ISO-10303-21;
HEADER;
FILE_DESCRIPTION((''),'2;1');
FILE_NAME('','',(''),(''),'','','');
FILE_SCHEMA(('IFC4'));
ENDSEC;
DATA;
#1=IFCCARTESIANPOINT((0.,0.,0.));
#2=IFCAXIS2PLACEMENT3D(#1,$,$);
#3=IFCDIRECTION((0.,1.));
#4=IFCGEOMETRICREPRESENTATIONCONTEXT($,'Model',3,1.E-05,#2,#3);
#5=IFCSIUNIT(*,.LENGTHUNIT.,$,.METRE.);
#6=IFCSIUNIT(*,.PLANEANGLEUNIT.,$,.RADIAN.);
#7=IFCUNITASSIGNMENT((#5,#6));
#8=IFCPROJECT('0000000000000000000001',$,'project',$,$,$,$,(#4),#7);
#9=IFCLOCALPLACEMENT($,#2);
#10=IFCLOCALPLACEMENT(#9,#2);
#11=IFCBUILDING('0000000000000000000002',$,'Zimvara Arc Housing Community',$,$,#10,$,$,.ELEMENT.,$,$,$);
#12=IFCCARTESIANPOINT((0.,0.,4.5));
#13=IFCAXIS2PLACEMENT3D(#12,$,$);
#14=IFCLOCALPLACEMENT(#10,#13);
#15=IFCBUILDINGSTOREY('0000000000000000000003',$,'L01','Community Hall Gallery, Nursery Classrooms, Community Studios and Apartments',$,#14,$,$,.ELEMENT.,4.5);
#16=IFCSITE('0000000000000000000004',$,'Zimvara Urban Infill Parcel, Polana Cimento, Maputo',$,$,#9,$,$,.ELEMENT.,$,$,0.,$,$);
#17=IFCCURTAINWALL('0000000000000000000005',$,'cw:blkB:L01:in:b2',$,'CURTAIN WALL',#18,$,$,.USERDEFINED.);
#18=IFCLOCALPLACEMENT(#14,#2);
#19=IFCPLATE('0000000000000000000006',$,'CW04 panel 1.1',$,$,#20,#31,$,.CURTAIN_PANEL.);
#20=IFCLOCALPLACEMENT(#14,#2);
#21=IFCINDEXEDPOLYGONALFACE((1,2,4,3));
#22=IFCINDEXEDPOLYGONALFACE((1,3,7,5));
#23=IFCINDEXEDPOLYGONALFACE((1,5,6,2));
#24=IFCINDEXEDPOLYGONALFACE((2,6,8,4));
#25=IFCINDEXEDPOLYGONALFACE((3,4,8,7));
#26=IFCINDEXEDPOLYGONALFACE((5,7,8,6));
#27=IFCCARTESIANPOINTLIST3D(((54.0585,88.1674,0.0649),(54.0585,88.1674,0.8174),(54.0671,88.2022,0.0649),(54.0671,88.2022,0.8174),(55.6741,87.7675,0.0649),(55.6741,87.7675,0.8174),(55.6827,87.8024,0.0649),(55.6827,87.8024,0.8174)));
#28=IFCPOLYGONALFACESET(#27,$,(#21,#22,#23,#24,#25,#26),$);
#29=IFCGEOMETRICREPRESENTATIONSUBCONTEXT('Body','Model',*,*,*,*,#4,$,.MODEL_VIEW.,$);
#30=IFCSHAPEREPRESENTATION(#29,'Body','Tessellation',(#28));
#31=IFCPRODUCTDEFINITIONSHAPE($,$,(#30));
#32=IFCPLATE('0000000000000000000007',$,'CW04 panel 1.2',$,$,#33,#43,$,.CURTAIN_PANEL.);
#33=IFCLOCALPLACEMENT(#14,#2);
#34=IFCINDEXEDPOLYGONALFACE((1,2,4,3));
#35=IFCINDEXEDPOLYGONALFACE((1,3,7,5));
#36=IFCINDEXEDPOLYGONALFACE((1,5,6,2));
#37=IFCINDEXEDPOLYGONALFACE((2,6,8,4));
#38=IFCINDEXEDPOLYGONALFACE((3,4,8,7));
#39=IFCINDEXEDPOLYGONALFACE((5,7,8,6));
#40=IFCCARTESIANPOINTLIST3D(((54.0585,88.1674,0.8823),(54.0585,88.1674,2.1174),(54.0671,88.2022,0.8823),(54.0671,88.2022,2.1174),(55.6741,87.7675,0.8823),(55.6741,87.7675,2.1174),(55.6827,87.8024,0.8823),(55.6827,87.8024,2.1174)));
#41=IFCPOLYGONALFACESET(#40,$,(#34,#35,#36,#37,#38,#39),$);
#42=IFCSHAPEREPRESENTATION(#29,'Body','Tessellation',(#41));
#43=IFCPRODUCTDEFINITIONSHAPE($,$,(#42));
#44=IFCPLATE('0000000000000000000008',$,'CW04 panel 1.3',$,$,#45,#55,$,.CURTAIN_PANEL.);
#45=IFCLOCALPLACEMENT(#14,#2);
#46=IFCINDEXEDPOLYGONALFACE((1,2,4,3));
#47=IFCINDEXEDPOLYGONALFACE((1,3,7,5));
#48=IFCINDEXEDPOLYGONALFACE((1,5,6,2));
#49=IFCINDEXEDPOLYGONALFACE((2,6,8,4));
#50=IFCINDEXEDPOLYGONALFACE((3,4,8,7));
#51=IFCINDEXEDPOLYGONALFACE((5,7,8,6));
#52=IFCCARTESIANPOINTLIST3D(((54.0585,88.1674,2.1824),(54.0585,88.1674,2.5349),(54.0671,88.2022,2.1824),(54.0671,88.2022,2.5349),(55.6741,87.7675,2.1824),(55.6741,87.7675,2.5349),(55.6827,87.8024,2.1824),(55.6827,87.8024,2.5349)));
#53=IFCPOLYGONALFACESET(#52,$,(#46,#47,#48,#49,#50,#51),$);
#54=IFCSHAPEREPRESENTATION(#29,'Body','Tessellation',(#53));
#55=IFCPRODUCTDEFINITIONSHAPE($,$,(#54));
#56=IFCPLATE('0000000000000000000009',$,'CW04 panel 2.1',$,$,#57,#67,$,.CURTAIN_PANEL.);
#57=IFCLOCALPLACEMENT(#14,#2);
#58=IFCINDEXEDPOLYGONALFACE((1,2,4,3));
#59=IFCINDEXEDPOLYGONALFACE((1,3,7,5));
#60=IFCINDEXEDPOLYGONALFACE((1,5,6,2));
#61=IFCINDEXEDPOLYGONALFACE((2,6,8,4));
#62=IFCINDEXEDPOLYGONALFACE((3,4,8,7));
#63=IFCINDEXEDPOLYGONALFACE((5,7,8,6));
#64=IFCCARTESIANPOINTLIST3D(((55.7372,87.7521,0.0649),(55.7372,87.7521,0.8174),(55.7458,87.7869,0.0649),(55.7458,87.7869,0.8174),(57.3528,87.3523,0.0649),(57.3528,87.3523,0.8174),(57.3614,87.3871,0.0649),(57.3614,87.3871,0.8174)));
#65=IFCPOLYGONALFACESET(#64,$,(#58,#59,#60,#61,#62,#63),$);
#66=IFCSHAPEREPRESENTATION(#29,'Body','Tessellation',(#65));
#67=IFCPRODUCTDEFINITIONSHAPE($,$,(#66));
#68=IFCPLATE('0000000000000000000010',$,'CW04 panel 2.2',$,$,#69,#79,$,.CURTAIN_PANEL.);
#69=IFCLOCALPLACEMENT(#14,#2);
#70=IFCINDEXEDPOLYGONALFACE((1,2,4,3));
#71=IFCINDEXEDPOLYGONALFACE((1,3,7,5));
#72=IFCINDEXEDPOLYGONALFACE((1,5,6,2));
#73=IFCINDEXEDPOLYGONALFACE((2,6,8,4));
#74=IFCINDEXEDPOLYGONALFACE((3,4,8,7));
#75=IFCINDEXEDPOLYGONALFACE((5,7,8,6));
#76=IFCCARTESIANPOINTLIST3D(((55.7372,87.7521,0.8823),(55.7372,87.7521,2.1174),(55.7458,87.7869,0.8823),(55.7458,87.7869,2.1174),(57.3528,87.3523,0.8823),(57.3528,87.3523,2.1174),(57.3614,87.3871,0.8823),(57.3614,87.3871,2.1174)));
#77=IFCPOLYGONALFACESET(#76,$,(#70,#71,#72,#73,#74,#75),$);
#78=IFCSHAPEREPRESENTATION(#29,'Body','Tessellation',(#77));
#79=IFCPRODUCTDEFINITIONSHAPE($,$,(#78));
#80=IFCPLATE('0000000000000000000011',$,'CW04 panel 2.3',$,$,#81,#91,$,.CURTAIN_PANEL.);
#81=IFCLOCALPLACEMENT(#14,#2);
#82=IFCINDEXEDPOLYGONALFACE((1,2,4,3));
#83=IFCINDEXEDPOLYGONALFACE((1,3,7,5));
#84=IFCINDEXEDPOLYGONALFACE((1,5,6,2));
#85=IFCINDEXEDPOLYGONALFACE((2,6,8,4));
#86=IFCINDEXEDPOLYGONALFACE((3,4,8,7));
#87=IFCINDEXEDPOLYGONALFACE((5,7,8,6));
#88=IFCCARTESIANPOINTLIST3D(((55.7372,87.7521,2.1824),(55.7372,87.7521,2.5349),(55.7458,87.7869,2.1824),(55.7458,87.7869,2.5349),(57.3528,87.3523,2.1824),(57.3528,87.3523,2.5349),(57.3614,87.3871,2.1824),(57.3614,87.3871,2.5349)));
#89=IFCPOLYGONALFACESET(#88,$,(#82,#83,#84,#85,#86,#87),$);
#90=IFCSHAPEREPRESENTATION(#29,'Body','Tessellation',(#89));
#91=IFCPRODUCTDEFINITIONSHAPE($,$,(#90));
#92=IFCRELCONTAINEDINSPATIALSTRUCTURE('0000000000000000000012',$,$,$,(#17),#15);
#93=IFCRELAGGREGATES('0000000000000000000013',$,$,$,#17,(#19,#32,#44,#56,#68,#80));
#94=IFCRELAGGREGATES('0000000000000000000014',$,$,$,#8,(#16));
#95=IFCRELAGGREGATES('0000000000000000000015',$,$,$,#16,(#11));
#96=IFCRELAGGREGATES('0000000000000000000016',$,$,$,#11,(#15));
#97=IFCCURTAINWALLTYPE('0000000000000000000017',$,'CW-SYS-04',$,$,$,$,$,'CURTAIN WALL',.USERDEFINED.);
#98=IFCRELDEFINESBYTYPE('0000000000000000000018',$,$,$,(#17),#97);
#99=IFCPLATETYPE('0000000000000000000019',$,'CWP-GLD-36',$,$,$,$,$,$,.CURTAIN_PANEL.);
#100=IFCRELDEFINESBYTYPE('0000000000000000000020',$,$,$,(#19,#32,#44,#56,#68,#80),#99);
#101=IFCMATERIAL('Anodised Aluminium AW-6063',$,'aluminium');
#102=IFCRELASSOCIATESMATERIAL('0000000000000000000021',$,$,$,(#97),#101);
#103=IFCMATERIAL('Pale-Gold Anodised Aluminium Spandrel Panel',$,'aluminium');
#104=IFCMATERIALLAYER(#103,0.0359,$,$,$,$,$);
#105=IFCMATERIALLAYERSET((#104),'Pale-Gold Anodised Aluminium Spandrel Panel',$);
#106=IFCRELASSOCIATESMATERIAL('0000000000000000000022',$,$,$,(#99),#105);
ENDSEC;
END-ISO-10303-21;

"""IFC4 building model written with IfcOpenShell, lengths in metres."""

from ifc_helpers import new_model, si_unit, direction, frame, origin, origin_2d, place, context, subcontext, project, spatial, rectangle, extrude, material, layer, layer_set, type_object, element, aggregate, save


model = new_model("IFC4")

# Units and contexts
model_context = context("Model", 3, precision=1e-05, world=origin(), true_north=direction((0.0, 1.0)))
body_context = subcontext(model_context, "Body", "Model", "MODEL_VIEW")
ifc_project = project(units=[si_unit("LENGTHUNIT", "METRE"), si_unit("PLANEANGLEUNIT", "RADIAN")], contexts=[model_context])

# Site, building, storey
site_placement = place(None, origin())
site = spatial("IfcSite", under=ifc_project, at=site_placement, Name="Zimvara Urban Infill Parcel, Polana Cimento, Maputo", CompositionType="ELEMENT", RefElevation=0.0)
building_placement = place(site_placement, origin())
building = spatial("IfcBuilding", under=site, at=building_placement, Name="Zimvara Arc Housing Community", CompositionType="ELEMENT")
storey_placement = place(building_placement, frame((0.0, 0.0, 4.5)))
storey = spatial("IfcBuildingStorey", under=building, at=storey_placement, Name="L01", Description="Community Hall Gallery, Nursery Classrooms, Community Studios and Apartments", CompositionType="ELEMENT", Elevation=4.5)

# Curtain wall
ifc_material_1 = material(Name="Anodised Aluminium AW-6063", Category="aluminium")
curtain_wall_type_1 = type_object("IfcCurtainWallType", Name="CW-SYS-04", ElementType="CURTAIN WALL", PredefinedType="USERDEFINED", material=ifc_material_1)
curtain_wall_1_placement = place(storey_placement, origin())
curtain_wall_1 = element("IfcCurtainWall", 1, at=curtain_wall_1_placement, inside=storey, type_object=curtain_wall_type_1, Name="cw:blkB:L01:in:b2", ObjectType="CURTAIN WALL", PredefinedType="USERDEFINED")

# Plates
ifc_material_2 = material(Name="Pale-Gold Anodised Aluminium Spandrel Panel", Category="aluminium")
ifc_layer_1 = layer(ifc_material_2, 0.0359)
ifc_layer_set_1 = layer_set([ifc_layer_1], Name="Pale-Gold Anodised Aluminium Spandrel Panel")
plate_type = type_object("IfcPlateType", Name="CWP-GLD-36", PredefinedType="CURTAIN_PANEL", material=ifc_layer_set_1)
plate_1_placement = place(storey_placement, frame((54.8706, 87.9849, 0.0649), z_axis=(0.0, 0.0, 1.0), x_axis=(0.970717, -0.240228, 0.0)))
plate_1 = element("IfcPlate", 2, at=plate_1_placement, type_object=plate_type, Name="CW04 panel 1.1", PredefinedType="CURTAIN_PANEL", context=body_context, shape_type="SweptSolid", body=[
    extrude(rectangle(XDim=1.6643, YDim=0.0359, at=origin_2d()), origin(), (0.0, 0.0, 1.0), 0.7524),
])
plate_2_placement = place(storey_placement, frame((54.8706, 87.9849, 0.8823), z_axis=(0.0, 0.0, 1.0), x_axis=(0.970717, -0.240228, 0.0)))
plate_2 = element("IfcPlate", 3, at=plate_2_placement, type_object=plate_type, Name="CW04 panel 1.2", PredefinedType="CURTAIN_PANEL", context=body_context, shape_type="SweptSolid", body=[
    extrude(rectangle(XDim=1.6643, YDim=0.0359, at=origin_2d()), origin(), (0.0, 0.0, 1.0), 1.2351),
])
plate_3_placement = place(storey_placement, frame((54.8706, 87.9849, 2.1824), z_axis=(0.0, 0.0, 1.0), x_axis=(0.970717, -0.240228, 0.0)))
plate_3 = element("IfcPlate", 4, at=plate_3_placement, type_object=plate_type, Name="CW04 panel 1.3", PredefinedType="CURTAIN_PANEL", context=body_context, shape_type="SweptSolid", body=[
    extrude(rectangle(XDim=1.6643, YDim=0.0359, at=origin_2d()), origin(), (0.0, 0.0, 1.0), 0.3525),
])
plate_4_placement = place(storey_placement, frame((56.5493, 87.5696, 0.0649), z_axis=(0.0, 0.0, 1.0), x_axis=(0.970717, -0.240228, 0.0)))
plate_4 = element("IfcPlate", 5, at=plate_4_placement, type_object=plate_type, Name="CW04 panel 2.1", PredefinedType="CURTAIN_PANEL", context=body_context, shape_type="SweptSolid", body=[
    extrude(rectangle(XDim=1.6643, YDim=0.0359, at=origin_2d()), origin(), (0.0, 0.0, 1.0), 0.7524),
])
plate_5_placement = place(storey_placement, frame((56.5493, 87.5696, 0.8823), z_axis=(0.0, 0.0, 1.0), x_axis=(0.970717, -0.240228, 0.0)))
plate_5 = element("IfcPlate", 6, at=plate_5_placement, type_object=plate_type, Name="CW04 panel 2.2", PredefinedType="CURTAIN_PANEL", context=body_context, shape_type="SweptSolid", body=[
    extrude(rectangle(XDim=1.6643, YDim=0.0359, at=origin_2d()), origin(), (0.0, 0.0, 1.0), 1.2351),
])
plate_6_placement = place(storey_placement, frame((56.5493, 87.5696, 2.1824), z_axis=(0.0, 0.0, 1.0), x_axis=(0.970717, -0.240228, 0.0)))
plate_6 = element("IfcPlate", 7, at=plate_6_placement, type_object=plate_type, Name="CW04 panel 2.3", PredefinedType="CURTAIN_PANEL", context=body_context, shape_type="SweptSolid", body=[
    extrude(rectangle(XDim=1.6643, YDim=0.0359, at=origin_2d()), origin(), (0.0, 0.0, 1.0), 0.3525),
])
aggregate(curtain_wall_1, [plate_1, plate_2, plate_3, plate_4, plate_5, plate_6])

save(model, "model.ifc")
